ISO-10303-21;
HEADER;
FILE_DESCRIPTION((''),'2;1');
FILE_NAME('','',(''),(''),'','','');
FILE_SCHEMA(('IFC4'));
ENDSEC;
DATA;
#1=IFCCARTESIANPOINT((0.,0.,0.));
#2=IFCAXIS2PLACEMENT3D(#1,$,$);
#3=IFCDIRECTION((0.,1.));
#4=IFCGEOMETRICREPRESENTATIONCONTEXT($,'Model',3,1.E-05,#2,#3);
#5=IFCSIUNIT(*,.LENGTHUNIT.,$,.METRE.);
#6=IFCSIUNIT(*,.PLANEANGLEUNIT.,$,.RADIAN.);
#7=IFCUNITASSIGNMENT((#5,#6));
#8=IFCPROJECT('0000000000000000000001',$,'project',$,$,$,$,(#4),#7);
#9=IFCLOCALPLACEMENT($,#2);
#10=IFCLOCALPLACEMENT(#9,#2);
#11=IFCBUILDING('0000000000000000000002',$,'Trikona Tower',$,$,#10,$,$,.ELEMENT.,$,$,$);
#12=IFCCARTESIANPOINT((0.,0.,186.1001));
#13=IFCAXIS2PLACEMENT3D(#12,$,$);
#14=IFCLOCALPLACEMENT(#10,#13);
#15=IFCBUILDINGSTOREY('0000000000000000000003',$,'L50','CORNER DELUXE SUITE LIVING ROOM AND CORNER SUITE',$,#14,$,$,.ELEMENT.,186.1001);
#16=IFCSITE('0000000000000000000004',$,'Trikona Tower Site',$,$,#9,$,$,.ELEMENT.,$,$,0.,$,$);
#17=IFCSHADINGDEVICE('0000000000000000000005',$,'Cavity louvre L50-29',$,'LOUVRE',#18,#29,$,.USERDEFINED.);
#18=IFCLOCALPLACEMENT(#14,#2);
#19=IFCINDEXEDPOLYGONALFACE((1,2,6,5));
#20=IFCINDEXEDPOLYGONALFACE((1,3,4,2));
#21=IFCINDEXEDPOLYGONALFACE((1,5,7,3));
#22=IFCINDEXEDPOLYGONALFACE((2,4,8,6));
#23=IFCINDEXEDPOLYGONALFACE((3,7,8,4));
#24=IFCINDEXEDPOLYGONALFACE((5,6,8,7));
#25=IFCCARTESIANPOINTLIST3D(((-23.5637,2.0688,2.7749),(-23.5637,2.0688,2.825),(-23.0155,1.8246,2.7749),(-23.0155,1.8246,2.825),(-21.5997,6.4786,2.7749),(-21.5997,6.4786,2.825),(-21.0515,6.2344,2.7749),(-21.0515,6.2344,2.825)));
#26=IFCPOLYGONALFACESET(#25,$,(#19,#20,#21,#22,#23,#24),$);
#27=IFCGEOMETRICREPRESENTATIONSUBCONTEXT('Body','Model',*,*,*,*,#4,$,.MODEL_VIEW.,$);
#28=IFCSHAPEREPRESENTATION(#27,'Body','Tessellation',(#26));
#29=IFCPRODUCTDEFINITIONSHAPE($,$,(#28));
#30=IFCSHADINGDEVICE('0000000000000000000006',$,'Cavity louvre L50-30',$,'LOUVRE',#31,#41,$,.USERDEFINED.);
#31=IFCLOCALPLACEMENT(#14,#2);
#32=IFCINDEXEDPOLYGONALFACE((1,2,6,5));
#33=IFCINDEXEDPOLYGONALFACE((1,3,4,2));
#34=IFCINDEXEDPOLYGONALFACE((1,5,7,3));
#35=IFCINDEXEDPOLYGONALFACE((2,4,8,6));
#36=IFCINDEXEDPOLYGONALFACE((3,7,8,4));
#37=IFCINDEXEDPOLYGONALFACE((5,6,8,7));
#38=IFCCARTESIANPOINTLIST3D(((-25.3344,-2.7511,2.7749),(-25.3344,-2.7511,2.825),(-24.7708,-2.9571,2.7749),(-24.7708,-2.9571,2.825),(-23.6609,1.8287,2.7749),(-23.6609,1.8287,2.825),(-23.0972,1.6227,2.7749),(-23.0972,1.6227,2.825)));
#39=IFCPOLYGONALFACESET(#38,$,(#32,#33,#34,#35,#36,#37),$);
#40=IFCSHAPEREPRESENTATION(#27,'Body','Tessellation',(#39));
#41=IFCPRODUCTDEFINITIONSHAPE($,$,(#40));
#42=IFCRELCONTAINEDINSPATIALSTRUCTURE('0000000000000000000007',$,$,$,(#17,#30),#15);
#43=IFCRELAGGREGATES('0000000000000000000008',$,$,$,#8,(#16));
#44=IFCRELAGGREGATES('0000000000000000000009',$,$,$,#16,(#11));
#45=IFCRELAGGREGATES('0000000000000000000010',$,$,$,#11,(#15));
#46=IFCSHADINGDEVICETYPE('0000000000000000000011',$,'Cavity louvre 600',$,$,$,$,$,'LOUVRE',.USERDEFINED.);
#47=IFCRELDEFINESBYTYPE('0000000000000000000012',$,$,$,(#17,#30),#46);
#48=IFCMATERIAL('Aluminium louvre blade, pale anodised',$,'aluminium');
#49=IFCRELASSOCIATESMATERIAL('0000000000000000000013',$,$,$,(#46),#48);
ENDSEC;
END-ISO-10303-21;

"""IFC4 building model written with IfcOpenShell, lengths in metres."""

from ifc_helpers import new_model, si_unit, direction, frame, origin, origin_2d, place, context, subcontext, project, spatial, rectangle, extrude, material, type_object, element, save


model = new_model("IFC4")

# Units and contexts
model_context = context("Model", 3, precision=1e-05, world=origin(), true_north=direction((0.0, 1.0)))
body_context = subcontext(model_context, "Body", "Model", "MODEL_VIEW")
ifc_project = project(units=[si_unit("LENGTHUNIT", "METRE"), si_unit("PLANEANGLEUNIT", "RADIAN")], contexts=[model_context])

# Site, building, storey
site_placement = place(None, origin())
site = spatial("IfcSite", under=ifc_project, at=site_placement, Name="Trikona Tower Site", CompositionType="ELEMENT", RefElevation=0.0)
building_placement = place(site_placement, origin())
building = spatial("IfcBuilding", under=site, at=building_placement, Name="Trikona Tower", CompositionType="ELEMENT")
storey_placement = place(building_placement, frame((0.0, 0.0, 186.1001)))
storey = spatial("IfcBuildingStorey", under=building, at=storey_placement, Name="L50", Description="CORNER DELUXE SUITE LIVING ROOM AND CORNER SUITE", CompositionType="ELEMENT", Elevation=186.1001)

# Shading devices
ifc_material_1 = material(Name="Aluminium louvre blade, pale anodised", Category="aluminium")
shading_device_type = type_object("IfcShadingDeviceType", Name="Cavity louvre 600", ElementType="LOUVRE", PredefinedType="USERDEFINED", material=ifc_material_1)
shading_device_1_placement = place(storey_placement, frame((-22.3076, 4.1516, 2.7749), z_axis=(0.0, 0.0, 1.0), x_axis=(-0.406843, -0.913498, 0.0)))
element("IfcShadingDevice", 1, at=shading_device_1_placement, inside=storey, type_object=shading_device_type, Name="Cavity louvre L50-29", ObjectType="LOUVRE", PredefinedType="USERDEFINED", context=body_context, shape_type="SweptSolid", body=[
    extrude(rectangle(XDim=4.8274, YDim=0.6001, at=origin_2d()), origin(), (0.0, 0.0, 1.0), 0.05),
])
shading_device_2_placement = place(storey_placement, frame((-24.2158, -0.5642, 2.7749), z_axis=(0.0, 0.0, 1.0), x_axis=(-0.34322, -0.939255, 0.0)))
element("IfcShadingDevice", 2, at=shading_device_2_placement, inside=storey, type_object=shading_device_type, Name="Cavity louvre L50-30", ObjectType="LOUVRE", PredefinedType="USERDEFINED", context=body_context, shape_type="SweptSolid", body=[
    extrude(rectangle(XDim=4.876, YDim=0.6001, at=origin_2d()), origin(), (0.0, 0.0, 1.0), 0.05),
])

save(model, "model.ifc")
